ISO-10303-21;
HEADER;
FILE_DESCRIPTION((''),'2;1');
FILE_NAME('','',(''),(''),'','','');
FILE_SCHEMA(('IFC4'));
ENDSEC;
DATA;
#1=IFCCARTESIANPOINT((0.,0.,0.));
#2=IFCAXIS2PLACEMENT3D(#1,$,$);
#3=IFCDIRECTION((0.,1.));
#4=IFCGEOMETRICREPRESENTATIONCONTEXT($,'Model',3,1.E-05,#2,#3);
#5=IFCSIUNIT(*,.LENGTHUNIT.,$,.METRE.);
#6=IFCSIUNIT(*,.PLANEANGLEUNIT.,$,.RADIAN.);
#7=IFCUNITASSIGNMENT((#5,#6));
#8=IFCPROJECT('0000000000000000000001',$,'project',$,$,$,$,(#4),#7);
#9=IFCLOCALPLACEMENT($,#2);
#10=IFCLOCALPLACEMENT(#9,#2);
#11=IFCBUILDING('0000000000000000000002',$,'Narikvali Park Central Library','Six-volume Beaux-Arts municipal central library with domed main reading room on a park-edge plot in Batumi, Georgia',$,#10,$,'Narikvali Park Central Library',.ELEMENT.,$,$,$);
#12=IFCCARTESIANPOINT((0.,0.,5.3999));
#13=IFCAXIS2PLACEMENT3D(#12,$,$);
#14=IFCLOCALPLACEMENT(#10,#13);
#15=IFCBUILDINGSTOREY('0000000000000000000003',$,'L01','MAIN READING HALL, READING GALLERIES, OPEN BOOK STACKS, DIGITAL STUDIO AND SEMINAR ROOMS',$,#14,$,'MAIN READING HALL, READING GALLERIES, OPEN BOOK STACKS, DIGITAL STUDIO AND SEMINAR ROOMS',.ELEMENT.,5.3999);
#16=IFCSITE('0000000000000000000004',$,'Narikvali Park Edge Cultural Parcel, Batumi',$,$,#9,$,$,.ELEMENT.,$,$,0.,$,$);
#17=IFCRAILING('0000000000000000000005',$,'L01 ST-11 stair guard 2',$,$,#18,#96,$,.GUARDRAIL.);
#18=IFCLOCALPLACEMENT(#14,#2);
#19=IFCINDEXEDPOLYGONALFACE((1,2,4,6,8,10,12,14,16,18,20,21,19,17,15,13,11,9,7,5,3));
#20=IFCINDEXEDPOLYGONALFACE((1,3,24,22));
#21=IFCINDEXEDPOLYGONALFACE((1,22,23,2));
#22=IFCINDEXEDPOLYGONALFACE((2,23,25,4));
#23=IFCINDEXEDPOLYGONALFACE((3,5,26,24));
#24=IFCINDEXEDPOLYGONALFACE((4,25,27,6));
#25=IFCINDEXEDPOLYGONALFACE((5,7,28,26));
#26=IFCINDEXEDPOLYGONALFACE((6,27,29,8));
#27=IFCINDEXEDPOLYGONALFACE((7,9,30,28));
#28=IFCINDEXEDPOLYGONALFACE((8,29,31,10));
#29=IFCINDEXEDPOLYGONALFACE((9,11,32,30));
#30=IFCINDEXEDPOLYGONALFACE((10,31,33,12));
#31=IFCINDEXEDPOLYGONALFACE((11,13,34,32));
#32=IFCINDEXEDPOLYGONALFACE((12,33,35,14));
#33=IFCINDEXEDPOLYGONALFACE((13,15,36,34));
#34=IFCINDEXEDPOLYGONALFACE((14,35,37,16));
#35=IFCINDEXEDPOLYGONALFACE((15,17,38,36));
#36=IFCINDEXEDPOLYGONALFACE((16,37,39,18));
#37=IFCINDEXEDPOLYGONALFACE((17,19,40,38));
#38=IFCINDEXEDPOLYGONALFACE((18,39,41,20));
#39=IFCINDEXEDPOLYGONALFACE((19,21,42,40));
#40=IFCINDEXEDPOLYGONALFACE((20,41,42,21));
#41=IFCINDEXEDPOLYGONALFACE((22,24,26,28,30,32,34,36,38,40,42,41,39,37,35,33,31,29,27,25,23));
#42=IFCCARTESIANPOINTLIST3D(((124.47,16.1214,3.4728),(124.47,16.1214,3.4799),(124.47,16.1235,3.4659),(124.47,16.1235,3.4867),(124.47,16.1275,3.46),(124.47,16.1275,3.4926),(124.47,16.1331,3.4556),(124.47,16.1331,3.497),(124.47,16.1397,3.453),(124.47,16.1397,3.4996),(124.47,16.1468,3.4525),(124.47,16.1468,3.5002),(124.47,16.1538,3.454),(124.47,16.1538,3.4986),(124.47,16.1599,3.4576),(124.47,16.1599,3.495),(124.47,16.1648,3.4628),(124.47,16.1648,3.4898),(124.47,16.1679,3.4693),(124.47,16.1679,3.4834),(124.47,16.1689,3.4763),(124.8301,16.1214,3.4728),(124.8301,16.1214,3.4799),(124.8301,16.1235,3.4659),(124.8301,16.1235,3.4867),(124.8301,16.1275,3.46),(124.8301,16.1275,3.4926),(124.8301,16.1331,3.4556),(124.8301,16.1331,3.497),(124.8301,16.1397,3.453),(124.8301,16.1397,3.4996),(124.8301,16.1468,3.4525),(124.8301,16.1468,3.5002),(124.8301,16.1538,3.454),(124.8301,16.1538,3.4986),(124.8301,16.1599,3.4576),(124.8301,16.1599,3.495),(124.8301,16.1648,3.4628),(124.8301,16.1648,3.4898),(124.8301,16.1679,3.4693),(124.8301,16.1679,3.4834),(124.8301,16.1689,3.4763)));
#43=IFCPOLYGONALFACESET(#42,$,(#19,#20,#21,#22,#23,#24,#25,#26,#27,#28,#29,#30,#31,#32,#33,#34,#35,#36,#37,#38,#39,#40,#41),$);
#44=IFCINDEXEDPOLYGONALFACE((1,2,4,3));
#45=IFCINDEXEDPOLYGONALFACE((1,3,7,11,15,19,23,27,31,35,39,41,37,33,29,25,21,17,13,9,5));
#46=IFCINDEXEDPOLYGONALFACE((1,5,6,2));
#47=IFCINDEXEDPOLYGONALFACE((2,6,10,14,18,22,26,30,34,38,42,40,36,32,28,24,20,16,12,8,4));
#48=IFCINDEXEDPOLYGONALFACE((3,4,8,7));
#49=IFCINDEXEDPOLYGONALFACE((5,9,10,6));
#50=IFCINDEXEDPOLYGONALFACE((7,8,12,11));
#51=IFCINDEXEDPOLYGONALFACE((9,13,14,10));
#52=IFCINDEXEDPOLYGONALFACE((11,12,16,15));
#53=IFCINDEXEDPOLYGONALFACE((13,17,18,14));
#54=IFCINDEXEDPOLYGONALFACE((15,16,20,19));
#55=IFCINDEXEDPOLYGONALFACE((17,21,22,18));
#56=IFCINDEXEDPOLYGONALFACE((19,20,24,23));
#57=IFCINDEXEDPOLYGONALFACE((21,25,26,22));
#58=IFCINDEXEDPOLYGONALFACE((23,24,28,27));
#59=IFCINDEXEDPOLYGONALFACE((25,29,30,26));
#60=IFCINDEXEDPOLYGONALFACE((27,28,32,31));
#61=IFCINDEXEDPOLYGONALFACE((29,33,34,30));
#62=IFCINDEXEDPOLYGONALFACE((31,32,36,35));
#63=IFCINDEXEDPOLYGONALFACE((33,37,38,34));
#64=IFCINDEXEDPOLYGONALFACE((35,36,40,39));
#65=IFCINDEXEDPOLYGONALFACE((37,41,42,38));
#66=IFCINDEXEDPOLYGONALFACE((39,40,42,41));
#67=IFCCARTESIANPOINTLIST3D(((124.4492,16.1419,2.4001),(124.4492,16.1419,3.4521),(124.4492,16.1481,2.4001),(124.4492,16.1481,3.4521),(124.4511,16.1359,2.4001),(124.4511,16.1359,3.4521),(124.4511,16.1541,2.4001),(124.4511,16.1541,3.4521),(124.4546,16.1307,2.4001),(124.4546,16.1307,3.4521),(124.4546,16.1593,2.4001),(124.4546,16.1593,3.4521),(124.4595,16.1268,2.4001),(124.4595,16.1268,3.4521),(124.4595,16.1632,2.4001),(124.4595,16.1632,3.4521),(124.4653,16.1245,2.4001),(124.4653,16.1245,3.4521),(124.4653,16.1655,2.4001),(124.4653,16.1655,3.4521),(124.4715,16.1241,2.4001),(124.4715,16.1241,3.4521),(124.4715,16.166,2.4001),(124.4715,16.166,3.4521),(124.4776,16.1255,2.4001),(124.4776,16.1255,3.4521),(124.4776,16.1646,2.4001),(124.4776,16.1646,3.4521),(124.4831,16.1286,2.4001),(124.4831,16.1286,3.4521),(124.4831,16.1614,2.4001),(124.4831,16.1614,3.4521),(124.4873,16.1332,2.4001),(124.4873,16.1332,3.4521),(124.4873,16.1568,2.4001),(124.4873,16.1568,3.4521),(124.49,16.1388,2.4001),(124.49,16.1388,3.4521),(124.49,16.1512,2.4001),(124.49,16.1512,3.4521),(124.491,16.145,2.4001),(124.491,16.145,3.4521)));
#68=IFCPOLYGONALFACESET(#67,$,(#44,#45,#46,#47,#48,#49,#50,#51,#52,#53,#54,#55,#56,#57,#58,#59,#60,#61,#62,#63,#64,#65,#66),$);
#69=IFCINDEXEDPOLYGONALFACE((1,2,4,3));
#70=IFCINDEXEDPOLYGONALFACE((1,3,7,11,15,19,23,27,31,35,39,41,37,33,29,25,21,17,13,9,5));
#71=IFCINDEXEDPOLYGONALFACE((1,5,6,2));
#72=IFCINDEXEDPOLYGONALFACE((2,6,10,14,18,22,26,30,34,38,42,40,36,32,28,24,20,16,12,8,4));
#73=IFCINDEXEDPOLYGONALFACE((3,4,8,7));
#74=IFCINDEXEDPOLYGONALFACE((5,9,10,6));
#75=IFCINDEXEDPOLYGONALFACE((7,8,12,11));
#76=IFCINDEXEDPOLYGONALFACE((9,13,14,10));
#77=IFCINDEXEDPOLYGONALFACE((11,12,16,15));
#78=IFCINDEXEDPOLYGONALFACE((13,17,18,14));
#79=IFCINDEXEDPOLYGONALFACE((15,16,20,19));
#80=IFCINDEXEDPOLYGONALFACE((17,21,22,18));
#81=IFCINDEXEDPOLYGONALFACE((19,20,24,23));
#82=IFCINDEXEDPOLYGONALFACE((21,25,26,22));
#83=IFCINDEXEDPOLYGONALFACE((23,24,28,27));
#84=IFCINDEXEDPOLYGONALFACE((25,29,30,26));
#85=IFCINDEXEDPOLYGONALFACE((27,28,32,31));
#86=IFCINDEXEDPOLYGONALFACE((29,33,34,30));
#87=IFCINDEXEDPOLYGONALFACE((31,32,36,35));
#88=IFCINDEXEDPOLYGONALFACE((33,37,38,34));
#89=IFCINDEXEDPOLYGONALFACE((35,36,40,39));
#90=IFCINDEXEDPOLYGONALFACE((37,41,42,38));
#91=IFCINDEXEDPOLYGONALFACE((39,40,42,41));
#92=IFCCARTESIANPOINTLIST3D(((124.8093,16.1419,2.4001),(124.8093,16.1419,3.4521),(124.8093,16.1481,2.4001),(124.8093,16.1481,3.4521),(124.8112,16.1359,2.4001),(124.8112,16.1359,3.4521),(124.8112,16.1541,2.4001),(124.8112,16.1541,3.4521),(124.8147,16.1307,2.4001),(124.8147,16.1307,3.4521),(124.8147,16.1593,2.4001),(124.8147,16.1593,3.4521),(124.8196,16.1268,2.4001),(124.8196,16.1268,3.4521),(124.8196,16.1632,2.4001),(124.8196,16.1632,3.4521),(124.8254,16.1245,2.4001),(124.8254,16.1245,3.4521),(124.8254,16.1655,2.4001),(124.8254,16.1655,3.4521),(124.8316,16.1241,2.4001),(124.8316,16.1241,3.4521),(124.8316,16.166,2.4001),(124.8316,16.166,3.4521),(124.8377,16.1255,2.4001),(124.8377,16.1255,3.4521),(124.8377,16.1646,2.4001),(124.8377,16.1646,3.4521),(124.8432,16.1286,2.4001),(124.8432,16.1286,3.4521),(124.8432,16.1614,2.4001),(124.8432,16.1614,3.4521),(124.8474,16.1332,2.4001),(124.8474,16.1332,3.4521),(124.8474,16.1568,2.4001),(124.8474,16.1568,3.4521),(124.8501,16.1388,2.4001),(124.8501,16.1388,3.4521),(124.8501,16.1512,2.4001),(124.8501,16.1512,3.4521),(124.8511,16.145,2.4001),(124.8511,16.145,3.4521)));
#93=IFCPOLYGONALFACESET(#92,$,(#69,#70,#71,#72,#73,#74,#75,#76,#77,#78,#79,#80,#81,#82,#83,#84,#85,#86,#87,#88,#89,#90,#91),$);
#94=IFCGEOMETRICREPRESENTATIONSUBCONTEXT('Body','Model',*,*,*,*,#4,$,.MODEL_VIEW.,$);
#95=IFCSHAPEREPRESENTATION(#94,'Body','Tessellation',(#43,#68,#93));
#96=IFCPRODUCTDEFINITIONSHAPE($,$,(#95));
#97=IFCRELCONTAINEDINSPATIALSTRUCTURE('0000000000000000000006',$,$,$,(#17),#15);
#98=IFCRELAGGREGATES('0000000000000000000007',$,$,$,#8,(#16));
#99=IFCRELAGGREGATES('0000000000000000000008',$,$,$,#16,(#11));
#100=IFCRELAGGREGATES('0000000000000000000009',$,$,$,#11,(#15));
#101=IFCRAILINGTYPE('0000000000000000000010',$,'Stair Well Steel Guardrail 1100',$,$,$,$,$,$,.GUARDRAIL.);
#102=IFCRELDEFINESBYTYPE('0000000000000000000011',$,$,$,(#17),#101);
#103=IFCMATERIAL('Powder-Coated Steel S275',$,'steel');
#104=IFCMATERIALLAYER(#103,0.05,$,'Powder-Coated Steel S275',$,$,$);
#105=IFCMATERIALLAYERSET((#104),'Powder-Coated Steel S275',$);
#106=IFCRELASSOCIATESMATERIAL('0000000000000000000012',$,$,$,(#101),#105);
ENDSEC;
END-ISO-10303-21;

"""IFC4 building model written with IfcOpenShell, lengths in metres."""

from ifc_helpers import new_model, si_unit, direction, frame, origin, origin_2d, place, context, subcontext, project, spatial, circle, extrude, material, layer, layer_set, type_object, element, save


model = new_model("IFC4")

# Units and contexts
model_context = context("Model", 3, precision=1e-05, world=origin(), true_north=direction((0.0, 1.0)))
body_context = subcontext(model_context, "Body", "Model", "MODEL_VIEW")
ifc_project = project(units=[si_unit("LENGTHUNIT", "METRE"), si_unit("PLANEANGLEUNIT", "RADIAN")], contexts=[model_context])

# Site, building, storey
site_placement = place(None, origin())
site = spatial("IfcSite", under=ifc_project, at=site_placement, Name="Narikvali Park Edge Cultural Parcel, Batumi", CompositionType="ELEMENT", RefElevation=0.0)
building_placement = place(site_placement, origin())
building = spatial("IfcBuilding", under=site, at=building_placement, Name="Narikvali Park Central Library", Description="Six-volume Beaux-Arts municipal central library with domed main reading room on a park-edge plot in Batumi, Georgia", LongName="Narikvali Park Central Library", CompositionType="ELEMENT")
storey_placement = place(building_placement, frame((0.0, 0.0, 5.3999)))
storey = spatial("IfcBuildingStorey", under=building, at=storey_placement, Name="L01", Description="MAIN READING HALL, READING GALLERIES, OPEN BOOK STACKS, DIGITAL STUDIO AND SEMINAR ROOMS", LongName="MAIN READING HALL, READING GALLERIES, OPEN BOOK STACKS, DIGITAL STUDIO AND SEMINAR ROOMS", CompositionType="ELEMENT", Elevation=5.3999)

# Railing
ifc_material_1 = material(Name="Powder-Coated Steel S275", Category="steel")
ifc_layer_1 = layer(ifc_material_1, 0.05, Name="Powder-Coated Steel S275")
ifc_layer_set_1 = layer_set([ifc_layer_1], Name="Powder-Coated Steel S275")
railing_type_1 = type_object("IfcRailingType", Name="Stair Well Steel Guardrail 1100", PredefinedType="GUARDRAIL", material=ifc_layer_set_1)
railing_1_placement = place(storey_placement, frame((124.47, 16.145, 2.4001)))
element("IfcRailing", 1, at=railing_1_placement, inside=storey, type_object=railing_type_1, Name="L01 ST-11 stair guard 2", PredefinedType="GUARDRAIL", context=body_context, shape_type="SweptSolid", body=[
    extrude(circle(Radius=0.0239, at=origin_2d()), frame((0.0, 0.0, 1.0762), z_axis=(1.0, 0.0, 0.0), x_axis=(0.0, 1.0, 0.0)), (0.0, 0.0, 1.0), 0.3601),
    extrude(circle(Radius=0.021, at=origin_2d()), origin(), (0.0, 0.0, 1.0), 1.052),
    extrude(circle(Radius=0.021, at=origin_2d()), frame((0.3601, 0.0, 0.0)), (0.0, 0.0, 1.0), 1.052),
])

save(model, "model.ifc")
